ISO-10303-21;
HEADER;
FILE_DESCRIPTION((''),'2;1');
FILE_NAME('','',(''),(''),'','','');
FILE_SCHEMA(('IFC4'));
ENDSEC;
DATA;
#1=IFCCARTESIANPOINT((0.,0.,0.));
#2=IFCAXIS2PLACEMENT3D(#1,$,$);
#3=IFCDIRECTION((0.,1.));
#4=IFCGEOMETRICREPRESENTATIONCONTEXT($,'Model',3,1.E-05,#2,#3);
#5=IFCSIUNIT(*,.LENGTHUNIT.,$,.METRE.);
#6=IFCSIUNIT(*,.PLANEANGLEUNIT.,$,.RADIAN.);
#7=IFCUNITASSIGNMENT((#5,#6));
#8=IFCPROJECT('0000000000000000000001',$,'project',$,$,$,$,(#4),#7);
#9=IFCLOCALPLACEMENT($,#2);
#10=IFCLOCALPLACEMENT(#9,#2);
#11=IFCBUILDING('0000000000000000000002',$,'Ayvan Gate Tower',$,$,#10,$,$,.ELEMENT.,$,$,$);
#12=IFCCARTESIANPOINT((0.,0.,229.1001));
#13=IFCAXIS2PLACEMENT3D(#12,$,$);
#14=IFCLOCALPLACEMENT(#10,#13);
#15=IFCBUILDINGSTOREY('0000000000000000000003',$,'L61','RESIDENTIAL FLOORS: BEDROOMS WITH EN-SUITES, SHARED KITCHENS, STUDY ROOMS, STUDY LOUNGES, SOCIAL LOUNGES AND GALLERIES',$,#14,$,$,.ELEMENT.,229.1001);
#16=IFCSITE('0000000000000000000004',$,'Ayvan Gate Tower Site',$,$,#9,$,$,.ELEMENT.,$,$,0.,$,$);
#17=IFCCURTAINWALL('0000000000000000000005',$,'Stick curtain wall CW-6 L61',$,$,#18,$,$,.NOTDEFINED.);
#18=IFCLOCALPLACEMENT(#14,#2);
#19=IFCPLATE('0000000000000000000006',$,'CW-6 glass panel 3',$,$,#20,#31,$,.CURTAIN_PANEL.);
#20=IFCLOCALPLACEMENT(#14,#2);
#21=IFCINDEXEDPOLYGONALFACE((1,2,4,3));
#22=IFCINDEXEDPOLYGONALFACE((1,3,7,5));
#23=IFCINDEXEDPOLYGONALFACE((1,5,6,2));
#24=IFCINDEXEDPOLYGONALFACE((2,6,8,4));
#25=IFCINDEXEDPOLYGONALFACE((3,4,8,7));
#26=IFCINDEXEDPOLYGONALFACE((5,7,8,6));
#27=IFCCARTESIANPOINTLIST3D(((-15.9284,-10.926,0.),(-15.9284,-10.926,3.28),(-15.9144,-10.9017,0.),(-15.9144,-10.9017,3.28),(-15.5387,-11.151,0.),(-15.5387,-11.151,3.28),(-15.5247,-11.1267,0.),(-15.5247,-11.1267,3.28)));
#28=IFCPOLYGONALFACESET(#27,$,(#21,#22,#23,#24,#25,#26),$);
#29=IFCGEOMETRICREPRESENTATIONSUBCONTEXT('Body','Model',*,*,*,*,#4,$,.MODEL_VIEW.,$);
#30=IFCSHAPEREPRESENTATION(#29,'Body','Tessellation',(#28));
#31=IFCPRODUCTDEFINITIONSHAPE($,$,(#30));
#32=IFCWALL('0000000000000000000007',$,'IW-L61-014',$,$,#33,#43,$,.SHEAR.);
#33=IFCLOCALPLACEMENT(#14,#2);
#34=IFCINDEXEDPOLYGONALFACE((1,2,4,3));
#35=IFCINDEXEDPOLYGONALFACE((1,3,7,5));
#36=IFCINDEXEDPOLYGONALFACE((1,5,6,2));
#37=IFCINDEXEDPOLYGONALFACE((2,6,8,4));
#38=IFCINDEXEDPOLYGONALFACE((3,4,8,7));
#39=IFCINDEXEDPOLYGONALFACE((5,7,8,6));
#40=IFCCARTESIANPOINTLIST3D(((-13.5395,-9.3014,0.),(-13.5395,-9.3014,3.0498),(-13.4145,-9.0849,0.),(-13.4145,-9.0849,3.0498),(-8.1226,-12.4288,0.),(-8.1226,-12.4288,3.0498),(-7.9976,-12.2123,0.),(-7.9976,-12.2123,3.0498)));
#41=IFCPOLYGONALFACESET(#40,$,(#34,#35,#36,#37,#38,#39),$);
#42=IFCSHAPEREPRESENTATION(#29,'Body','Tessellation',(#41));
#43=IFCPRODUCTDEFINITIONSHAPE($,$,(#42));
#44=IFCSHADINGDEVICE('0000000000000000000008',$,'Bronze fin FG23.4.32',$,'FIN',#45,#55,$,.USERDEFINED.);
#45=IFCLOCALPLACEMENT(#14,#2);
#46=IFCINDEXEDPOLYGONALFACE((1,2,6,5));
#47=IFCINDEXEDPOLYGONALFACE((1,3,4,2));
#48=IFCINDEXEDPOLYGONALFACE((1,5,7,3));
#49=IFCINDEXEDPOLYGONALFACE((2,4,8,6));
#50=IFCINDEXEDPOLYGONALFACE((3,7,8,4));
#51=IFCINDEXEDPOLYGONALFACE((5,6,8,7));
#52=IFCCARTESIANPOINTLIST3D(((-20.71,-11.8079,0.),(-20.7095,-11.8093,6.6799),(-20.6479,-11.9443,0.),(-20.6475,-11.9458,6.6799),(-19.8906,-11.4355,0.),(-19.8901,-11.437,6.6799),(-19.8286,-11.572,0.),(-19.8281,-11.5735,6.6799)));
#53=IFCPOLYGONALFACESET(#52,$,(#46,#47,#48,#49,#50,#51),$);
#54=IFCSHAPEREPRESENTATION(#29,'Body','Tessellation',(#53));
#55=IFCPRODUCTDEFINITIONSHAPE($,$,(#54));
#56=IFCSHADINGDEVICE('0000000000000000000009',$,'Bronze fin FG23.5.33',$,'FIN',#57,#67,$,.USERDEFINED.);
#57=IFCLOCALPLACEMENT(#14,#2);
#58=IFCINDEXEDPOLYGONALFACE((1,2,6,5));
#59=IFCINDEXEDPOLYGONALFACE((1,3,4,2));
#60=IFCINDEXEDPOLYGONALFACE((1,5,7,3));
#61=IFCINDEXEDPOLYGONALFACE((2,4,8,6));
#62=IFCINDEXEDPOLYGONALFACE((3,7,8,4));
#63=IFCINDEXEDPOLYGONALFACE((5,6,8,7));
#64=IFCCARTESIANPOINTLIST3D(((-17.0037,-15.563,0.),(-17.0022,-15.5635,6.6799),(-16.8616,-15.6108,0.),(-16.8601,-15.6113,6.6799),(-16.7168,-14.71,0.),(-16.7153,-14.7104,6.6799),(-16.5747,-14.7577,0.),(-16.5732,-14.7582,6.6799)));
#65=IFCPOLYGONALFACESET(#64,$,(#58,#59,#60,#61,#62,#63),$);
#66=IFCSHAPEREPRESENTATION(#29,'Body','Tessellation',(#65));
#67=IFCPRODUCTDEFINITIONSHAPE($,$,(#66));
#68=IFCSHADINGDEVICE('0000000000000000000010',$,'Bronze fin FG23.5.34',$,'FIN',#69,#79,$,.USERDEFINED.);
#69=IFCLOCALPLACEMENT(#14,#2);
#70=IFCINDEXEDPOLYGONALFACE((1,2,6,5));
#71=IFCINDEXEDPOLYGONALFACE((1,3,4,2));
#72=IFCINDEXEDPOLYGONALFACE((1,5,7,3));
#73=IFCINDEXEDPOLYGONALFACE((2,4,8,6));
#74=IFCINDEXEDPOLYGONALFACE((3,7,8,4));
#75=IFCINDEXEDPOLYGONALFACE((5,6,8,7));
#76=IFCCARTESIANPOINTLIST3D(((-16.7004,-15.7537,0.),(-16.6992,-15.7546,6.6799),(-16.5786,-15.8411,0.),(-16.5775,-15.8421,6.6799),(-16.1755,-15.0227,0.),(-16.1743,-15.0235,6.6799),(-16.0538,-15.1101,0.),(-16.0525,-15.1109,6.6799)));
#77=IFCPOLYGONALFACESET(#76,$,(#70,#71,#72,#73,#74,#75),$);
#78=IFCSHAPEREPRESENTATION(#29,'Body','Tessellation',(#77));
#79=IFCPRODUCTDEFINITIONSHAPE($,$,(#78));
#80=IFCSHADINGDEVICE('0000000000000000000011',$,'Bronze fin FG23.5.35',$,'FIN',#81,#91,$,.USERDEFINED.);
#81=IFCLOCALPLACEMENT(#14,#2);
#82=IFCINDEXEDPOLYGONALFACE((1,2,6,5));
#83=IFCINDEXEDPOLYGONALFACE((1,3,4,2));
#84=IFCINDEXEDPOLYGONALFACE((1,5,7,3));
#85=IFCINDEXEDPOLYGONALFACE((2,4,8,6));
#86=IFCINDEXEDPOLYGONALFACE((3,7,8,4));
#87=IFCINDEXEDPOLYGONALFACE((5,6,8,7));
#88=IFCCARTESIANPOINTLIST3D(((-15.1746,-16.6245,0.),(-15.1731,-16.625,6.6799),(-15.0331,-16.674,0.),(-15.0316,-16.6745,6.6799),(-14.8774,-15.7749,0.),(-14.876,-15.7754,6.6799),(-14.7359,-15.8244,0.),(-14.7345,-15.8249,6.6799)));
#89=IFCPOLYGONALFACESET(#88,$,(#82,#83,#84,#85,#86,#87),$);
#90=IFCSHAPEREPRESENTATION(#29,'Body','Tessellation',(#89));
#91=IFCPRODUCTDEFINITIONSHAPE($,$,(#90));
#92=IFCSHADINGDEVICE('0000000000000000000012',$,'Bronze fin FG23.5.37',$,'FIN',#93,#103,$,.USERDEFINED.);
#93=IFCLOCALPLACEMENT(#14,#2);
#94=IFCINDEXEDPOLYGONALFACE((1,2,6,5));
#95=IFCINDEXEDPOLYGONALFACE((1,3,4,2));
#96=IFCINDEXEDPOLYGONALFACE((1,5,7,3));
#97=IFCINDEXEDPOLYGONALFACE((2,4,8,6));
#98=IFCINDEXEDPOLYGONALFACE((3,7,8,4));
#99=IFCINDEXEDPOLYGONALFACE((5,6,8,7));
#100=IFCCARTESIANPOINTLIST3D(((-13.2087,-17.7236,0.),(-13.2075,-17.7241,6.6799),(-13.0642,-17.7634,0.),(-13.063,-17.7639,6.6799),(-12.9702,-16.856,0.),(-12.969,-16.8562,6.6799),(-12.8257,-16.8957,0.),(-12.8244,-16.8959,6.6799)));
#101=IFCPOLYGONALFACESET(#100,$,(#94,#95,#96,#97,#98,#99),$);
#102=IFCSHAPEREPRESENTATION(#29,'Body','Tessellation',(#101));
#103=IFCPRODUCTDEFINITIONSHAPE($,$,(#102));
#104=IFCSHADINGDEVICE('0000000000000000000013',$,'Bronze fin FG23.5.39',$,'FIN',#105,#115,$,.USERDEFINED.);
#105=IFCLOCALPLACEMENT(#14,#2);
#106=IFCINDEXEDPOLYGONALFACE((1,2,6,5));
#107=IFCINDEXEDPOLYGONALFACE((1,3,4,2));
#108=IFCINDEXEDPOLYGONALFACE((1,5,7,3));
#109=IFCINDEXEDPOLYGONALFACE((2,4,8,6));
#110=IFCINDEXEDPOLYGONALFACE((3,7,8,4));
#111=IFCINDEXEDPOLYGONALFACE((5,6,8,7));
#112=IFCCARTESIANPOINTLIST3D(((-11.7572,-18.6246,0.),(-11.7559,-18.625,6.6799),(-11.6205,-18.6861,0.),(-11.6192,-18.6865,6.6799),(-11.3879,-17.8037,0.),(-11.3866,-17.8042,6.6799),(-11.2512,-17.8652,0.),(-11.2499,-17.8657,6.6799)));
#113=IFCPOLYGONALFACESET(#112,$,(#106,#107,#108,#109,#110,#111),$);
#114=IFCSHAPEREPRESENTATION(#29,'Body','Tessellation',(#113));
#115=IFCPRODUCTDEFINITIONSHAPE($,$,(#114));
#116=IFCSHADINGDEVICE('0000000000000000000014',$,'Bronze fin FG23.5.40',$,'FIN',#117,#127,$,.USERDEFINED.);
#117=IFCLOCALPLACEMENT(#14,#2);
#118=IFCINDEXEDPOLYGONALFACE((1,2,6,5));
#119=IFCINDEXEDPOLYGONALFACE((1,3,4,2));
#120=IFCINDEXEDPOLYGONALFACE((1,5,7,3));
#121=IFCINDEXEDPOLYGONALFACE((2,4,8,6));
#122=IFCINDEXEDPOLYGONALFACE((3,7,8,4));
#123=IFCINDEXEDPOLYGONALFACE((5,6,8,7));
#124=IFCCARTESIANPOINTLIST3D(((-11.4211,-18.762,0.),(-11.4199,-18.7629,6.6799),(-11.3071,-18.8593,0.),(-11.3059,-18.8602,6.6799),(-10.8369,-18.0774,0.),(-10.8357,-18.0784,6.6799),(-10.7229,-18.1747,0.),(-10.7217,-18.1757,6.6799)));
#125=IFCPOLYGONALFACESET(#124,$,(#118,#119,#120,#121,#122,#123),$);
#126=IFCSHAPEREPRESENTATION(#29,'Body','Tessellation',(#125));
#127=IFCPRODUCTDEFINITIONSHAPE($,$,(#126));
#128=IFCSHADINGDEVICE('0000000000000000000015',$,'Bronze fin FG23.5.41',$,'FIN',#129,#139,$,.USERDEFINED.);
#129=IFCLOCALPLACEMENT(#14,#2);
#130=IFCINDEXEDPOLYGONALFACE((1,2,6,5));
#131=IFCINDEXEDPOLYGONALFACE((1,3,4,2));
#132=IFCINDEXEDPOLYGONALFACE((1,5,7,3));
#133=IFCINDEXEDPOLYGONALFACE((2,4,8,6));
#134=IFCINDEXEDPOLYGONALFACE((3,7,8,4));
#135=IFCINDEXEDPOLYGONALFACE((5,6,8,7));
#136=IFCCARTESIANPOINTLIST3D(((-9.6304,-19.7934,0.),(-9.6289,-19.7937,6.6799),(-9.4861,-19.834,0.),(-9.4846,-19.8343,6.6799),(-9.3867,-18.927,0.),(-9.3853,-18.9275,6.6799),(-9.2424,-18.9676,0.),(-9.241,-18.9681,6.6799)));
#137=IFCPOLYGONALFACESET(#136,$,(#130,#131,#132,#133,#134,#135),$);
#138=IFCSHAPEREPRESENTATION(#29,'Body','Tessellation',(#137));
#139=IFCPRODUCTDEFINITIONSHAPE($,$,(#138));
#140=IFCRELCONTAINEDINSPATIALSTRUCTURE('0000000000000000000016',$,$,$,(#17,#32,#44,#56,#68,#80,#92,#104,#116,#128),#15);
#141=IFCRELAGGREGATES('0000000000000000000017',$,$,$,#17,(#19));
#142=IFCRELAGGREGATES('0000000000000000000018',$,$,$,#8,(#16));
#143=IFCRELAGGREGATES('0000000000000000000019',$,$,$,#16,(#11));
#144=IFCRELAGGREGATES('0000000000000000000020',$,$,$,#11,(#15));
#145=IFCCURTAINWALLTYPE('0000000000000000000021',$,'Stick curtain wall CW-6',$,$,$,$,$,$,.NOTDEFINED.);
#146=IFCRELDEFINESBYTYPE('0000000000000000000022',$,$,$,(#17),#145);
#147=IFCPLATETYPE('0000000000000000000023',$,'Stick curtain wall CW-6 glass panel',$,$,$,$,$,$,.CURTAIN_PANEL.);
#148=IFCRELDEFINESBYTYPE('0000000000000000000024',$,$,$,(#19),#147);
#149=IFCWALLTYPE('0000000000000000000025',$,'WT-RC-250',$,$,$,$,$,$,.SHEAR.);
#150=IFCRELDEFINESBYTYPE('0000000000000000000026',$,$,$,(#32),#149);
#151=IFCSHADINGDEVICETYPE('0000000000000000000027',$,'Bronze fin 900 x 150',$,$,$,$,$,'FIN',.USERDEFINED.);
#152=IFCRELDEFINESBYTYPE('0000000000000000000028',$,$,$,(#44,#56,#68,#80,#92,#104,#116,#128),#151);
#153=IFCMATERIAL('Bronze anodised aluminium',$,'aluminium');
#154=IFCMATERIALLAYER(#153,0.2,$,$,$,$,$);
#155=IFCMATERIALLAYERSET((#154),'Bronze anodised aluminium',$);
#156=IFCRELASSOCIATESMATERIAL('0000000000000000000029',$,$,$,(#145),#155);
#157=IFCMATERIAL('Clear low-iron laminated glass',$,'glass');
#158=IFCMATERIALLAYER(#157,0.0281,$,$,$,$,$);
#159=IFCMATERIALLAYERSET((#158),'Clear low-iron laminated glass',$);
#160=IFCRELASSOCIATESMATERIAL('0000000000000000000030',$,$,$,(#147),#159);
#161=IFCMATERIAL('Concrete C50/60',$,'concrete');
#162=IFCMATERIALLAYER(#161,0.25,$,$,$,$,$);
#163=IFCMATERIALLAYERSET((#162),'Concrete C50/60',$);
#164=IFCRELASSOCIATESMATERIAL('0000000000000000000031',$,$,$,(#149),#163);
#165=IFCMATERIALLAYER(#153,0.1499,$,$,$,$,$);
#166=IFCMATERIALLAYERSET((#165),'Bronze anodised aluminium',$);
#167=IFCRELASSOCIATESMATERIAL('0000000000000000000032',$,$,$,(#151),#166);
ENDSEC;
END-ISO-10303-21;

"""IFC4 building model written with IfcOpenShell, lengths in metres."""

from ifc_helpers import new_model, si_unit, direction, frame, frame_2d, origin, origin_2d, place, context, subcontext, project, spatial, polyline, rectangle, outline, extrude, material, layer, layer_set, type_object, element, aggregate, save


model = new_model("IFC4")

# Units and contexts
model_context = context("Model", 3, precision=1e-05, world=origin(), true_north=direction((0.0, 1.0)))
body_context = subcontext(model_context, "Body", "Model", "MODEL_VIEW")
ifc_project = project(units=[si_unit("LENGTHUNIT", "METRE"), si_unit("PLANEANGLEUNIT", "RADIAN")], contexts=[model_context])

# Site, building, storey
site_placement = place(None, origin())
site = spatial("IfcSite", under=ifc_project, at=site_placement, Name="Ayvan Gate Tower Site", CompositionType="ELEMENT", RefElevation=0.0)
building_placement = place(site_placement, origin())
building = spatial("IfcBuilding", under=site, at=building_placement, Name="Ayvan Gate Tower", CompositionType="ELEMENT")
storey_placement = place(building_placement, frame((0.0, 0.0, 229.1001)))
storey = spatial("IfcBuildingStorey", under=building, at=storey_placement, Name="L61", Description="RESIDENTIAL FLOORS: BEDROOMS WITH EN-SUITES, SHARED KITCHENS, STUDY ROOMS, STUDY LOUNGES, SOCIAL LOUNGES AND GALLERIES", CompositionType="ELEMENT", Elevation=229.1001)

# Shared definitions
ifc_material_1 = material(Name="Concrete C50/60", Category="concrete")

# Curtain wall
ifc_material_2 = material(Name="Bronze anodised aluminium", Category="aluminium")
ifc_layer_1 = layer(ifc_material_2, 0.2)
ifc_layer_set_1 = layer_set([ifc_layer_1], Name="Bronze anodised aluminium")
curtain_wall_type_1 = type_object("IfcCurtainWallType", Name="Stick curtain wall CW-6", PredefinedType="NOTDEFINED", material=ifc_layer_set_1)
curtain_wall_1_placement = place(storey_placement, origin())
curtain_wall_1 = element("IfcCurtainWall", 1, at=curtain_wall_1_placement, inside=storey, type_object=curtain_wall_type_1, Name="Stick curtain wall CW-6 L61", PredefinedType="NOTDEFINED")

# Plate
ifc_material_3 = material(Name="Clear low-iron laminated glass", Category="glass")
ifc_layer_2 = layer(ifc_material_3, 0.0281)
ifc_layer_set_2 = layer_set([ifc_layer_2], Name="Clear low-iron laminated glass")
plate_type_1 = type_object("IfcPlateType", Name="Stick curtain wall CW-6 glass panel", PredefinedType="CURTAIN_PANEL", material=ifc_layer_set_2)
plate_1_placement = place(storey_placement, frame((-15.7266, -11.0264, 0.0), z_axis=(0.0, 0.0, 1.0), x_axis=(0.866025, -0.5, 0.0)))
plate_1 = element("IfcPlate", 2, at=plate_1_placement, type_object=plate_type_1, Name="CW-6 glass panel 3", PredefinedType="CURTAIN_PANEL", context=body_context, shape_type="SweptSolid", body=[
    extrude(rectangle(XDim=0.45, YDim=0.0281, at=origin_2d()), origin(), (0.0, 0.0, 1.0), 3.28),
])
aggregate(curtain_wall_1, [plate_1])

# Wall
ifc_layer_3 = layer(ifc_material_1, 0.25)
ifc_layer_set_3 = layer_set([ifc_layer_3], Name="Concrete C50/60")
wall_type = type_object("IfcWallType", Name="WT-RC-250", PredefinedType="SHEAR", material=ifc_layer_set_3)
wall_placement = place(storey_placement, frame((-8.0601, -12.3206, 0.0), z_axis=(0.0, 0.0, 1.0), x_axis=(-0.86603, 0.499993, 0.0)))
element("IfcWall", 3, at=wall_placement, inside=storey, type_object=wall_type, Name="IW-L61-014", PredefinedType="SHEAR", context=body_context, shape_type="SweptSolid", body=[
    extrude(rectangle(XDim=6.2549, YDim=0.25, at=frame_2d((3.1274, 0.0))), origin(), (0.0, 0.0, 1.0), 3.0498),
])

# Shading devices
ifc_layer_4 = layer(ifc_material_2, 0.1499)
ifc_layer_set_4 = layer_set([ifc_layer_4], Name="Bronze anodised aluminium")
shading_device_type = type_object("IfcShadingDeviceType", Name="Bronze fin 900 x 150", ElementType="FIN", PredefinedType="USERDEFINED", material=ifc_layer_set_4)
shading_device_1_placement = place(storey_placement, frame((-19.8906, -11.4355, 0.0), z_axis=(-0.413701, 0.910413, 0.00023), x_axis=(-0.910413, -0.413701, 0.0)))
element("IfcShadingDevice", 4, at=shading_device_1_placement, inside=storey, type_object=shading_device_type, Name="Bronze fin FG23.4.32", ObjectType="FIN", PredefinedType="USERDEFINED", context=body_context, shape_type="SweptSolid", body=[
    extrude(outline(polyline([(0.0, 0.0), (0.9, 0.0), (0.9001, 6.6799), (0.0002, 6.6799), (0.0, 0.0)])), origin(), (0.0, 0.0, -1.0), 0.1499),
])
shading_device_2_placement = place(storey_placement, frame((-16.7168, -14.71, 0.0), z_axis=(-0.947839, 0.31875, 0.000231), x_axis=(-0.31875, -0.947839, 0.0)))
element("IfcShadingDevice", 5, at=shading_device_2_placement, inside=storey, type_object=shading_device_type, Name="Bronze fin FG23.5.33", ObjectType="FIN", PredefinedType="USERDEFINED", context=body_context, shape_type="SweptSolid", body=[
    extrude(outline(polyline([(0.0, 0.0), (0.9, 0.0), (0.9, 6.6799), (0.0, 6.6799), (0.0, 0.0)])), origin(), (0.0, 0.0, -1.0), 0.1499),
])
shading_device_3_placement = place(storey_placement, frame((-16.1755, -15.0227, 0.0), z_axis=(-0.812311, 0.583225, 0.000223), x_axis=(-0.583225, -0.812311, 0.0)))
element("IfcShadingDevice", 6, at=shading_device_3_placement, inside=storey, type_object=shading_device_type, Name="Bronze fin FG23.5.34", ObjectType="FIN", PredefinedType="USERDEFINED", context=body_context, shape_type="SweptSolid", body=[
    extrude(outline(polyline([(0.0, 0.0), (0.8999, 0.0), (0.9, 6.6799), (-0.0001, 6.6799), (0.0, 0.0)])), origin(), (0.0, 0.0, -1.0), 0.1499),
])
shading_device_4_placement = place(storey_placement, frame((-14.8774, -15.7749, 0.0), z_axis=(-0.943943, 0.330109, 0.000231), x_axis=(-0.330109, -0.943943, 0.0)))
element("IfcShadingDevice", 7, at=shading_device_4_placement, inside=storey, type_object=shading_device_type, Name="Bronze fin FG23.5.35", ObjectType="FIN", PredefinedType="USERDEFINED", context=body_context, shape_type="SweptSolid", body=[
    extrude(outline(polyline([(0.0, 0.0), (0.9001, 0.0), (0.9, 6.6799), (0.0, 6.6799), (0.0, 0.0)])), origin(), (0.0, 0.0, -1.0), 0.1499),
])
shading_device_5_placement = place(storey_placement, frame((-12.9702, -16.856, 0.0), z_axis=(-0.964239, 0.265034, 0.000191), x_axis=(-0.265034, -0.964239, 0.0)))
element("IfcShadingDevice", 8, at=shading_device_5_placement, inside=storey, type_object=shading_device_type, Name="Bronze fin FG23.5.37", ObjectType="FIN", PredefinedType="USERDEFINED", context=body_context, shape_type="SweptSolid", body=[
    extrude(outline(polyline([(0.0, 0.0), (0.8999, 0.0), (0.9, 6.6799), (-0.0001, 6.6799), (0.0, 0.0)])), origin(), (0.0, 0.0, -1.0), 0.1499),
])
shading_device_6_placement = place(storey_placement, frame((-11.3879, -17.8037, 0.0), z_axis=(-0.911962, 0.410274, 0.000213), x_axis=(-0.410274, -0.911962, 0.0)))
element("IfcShadingDevice", 9, at=shading_device_6_placement, inside=storey, type_object=shading_device_type, Name="Bronze fin FG23.5.39", ObjectType="FIN", PredefinedType="USERDEFINED", context=body_context, shape_type="SweptSolid", body=[
    extrude(outline(polyline([(0.0, 0.0), (0.9001, 0.0), (0.8999, 6.6799), (-0.0001, 6.6799), (0.0, 0.0)])), origin(), (0.0, 0.0, -1.0), 0.1499),
])
shading_device_7_placement = place(storey_placement, frame((-10.8369, -18.0774, 0.0), z_axis=(-0.760653, 0.649159, 0.000234), x_axis=(-0.649159, -0.760653, 0.0)))
element("IfcShadingDevice", 10, at=shading_device_7_placement, inside=storey, type_object=shading_device_type, Name="Bronze fin FG23.5.40", ObjectType="FIN", PredefinedType="USERDEFINED", context=body_context, shape_type="SweptSolid", body=[
    extrude(outline(polyline([(0.0, 0.0), (0.9, 0.0), (0.8999, 6.6799), (0.0, 6.6799), (0.0, 0.0)])), origin(), (0.0, 0.0, -1.0), 0.1499),
])
shading_device_8_placement = place(storey_placement, frame((-9.3867, -18.927, 0.0), z_axis=(-0.962652, 0.270742, 0.000226), x_axis=(-0.270742, -0.962652, 0.0)))
element("IfcShadingDevice", 11, at=shading_device_8_placement, inside=storey, type_object=shading_device_type, Name="Bronze fin FG23.5.41", ObjectType="FIN", PredefinedType="USERDEFINED", context=body_context, shape_type="SweptSolid", body=[
    extrude(outline(polyline([(0.0, 0.0), (0.9001, 0.0), (0.8999, 6.6799), (0.0001, 6.6799), (0.0, 0.0)])), origin(), (0.0, 0.0, -1.0), 0.1499),
])

save(model, "model.ifc")
